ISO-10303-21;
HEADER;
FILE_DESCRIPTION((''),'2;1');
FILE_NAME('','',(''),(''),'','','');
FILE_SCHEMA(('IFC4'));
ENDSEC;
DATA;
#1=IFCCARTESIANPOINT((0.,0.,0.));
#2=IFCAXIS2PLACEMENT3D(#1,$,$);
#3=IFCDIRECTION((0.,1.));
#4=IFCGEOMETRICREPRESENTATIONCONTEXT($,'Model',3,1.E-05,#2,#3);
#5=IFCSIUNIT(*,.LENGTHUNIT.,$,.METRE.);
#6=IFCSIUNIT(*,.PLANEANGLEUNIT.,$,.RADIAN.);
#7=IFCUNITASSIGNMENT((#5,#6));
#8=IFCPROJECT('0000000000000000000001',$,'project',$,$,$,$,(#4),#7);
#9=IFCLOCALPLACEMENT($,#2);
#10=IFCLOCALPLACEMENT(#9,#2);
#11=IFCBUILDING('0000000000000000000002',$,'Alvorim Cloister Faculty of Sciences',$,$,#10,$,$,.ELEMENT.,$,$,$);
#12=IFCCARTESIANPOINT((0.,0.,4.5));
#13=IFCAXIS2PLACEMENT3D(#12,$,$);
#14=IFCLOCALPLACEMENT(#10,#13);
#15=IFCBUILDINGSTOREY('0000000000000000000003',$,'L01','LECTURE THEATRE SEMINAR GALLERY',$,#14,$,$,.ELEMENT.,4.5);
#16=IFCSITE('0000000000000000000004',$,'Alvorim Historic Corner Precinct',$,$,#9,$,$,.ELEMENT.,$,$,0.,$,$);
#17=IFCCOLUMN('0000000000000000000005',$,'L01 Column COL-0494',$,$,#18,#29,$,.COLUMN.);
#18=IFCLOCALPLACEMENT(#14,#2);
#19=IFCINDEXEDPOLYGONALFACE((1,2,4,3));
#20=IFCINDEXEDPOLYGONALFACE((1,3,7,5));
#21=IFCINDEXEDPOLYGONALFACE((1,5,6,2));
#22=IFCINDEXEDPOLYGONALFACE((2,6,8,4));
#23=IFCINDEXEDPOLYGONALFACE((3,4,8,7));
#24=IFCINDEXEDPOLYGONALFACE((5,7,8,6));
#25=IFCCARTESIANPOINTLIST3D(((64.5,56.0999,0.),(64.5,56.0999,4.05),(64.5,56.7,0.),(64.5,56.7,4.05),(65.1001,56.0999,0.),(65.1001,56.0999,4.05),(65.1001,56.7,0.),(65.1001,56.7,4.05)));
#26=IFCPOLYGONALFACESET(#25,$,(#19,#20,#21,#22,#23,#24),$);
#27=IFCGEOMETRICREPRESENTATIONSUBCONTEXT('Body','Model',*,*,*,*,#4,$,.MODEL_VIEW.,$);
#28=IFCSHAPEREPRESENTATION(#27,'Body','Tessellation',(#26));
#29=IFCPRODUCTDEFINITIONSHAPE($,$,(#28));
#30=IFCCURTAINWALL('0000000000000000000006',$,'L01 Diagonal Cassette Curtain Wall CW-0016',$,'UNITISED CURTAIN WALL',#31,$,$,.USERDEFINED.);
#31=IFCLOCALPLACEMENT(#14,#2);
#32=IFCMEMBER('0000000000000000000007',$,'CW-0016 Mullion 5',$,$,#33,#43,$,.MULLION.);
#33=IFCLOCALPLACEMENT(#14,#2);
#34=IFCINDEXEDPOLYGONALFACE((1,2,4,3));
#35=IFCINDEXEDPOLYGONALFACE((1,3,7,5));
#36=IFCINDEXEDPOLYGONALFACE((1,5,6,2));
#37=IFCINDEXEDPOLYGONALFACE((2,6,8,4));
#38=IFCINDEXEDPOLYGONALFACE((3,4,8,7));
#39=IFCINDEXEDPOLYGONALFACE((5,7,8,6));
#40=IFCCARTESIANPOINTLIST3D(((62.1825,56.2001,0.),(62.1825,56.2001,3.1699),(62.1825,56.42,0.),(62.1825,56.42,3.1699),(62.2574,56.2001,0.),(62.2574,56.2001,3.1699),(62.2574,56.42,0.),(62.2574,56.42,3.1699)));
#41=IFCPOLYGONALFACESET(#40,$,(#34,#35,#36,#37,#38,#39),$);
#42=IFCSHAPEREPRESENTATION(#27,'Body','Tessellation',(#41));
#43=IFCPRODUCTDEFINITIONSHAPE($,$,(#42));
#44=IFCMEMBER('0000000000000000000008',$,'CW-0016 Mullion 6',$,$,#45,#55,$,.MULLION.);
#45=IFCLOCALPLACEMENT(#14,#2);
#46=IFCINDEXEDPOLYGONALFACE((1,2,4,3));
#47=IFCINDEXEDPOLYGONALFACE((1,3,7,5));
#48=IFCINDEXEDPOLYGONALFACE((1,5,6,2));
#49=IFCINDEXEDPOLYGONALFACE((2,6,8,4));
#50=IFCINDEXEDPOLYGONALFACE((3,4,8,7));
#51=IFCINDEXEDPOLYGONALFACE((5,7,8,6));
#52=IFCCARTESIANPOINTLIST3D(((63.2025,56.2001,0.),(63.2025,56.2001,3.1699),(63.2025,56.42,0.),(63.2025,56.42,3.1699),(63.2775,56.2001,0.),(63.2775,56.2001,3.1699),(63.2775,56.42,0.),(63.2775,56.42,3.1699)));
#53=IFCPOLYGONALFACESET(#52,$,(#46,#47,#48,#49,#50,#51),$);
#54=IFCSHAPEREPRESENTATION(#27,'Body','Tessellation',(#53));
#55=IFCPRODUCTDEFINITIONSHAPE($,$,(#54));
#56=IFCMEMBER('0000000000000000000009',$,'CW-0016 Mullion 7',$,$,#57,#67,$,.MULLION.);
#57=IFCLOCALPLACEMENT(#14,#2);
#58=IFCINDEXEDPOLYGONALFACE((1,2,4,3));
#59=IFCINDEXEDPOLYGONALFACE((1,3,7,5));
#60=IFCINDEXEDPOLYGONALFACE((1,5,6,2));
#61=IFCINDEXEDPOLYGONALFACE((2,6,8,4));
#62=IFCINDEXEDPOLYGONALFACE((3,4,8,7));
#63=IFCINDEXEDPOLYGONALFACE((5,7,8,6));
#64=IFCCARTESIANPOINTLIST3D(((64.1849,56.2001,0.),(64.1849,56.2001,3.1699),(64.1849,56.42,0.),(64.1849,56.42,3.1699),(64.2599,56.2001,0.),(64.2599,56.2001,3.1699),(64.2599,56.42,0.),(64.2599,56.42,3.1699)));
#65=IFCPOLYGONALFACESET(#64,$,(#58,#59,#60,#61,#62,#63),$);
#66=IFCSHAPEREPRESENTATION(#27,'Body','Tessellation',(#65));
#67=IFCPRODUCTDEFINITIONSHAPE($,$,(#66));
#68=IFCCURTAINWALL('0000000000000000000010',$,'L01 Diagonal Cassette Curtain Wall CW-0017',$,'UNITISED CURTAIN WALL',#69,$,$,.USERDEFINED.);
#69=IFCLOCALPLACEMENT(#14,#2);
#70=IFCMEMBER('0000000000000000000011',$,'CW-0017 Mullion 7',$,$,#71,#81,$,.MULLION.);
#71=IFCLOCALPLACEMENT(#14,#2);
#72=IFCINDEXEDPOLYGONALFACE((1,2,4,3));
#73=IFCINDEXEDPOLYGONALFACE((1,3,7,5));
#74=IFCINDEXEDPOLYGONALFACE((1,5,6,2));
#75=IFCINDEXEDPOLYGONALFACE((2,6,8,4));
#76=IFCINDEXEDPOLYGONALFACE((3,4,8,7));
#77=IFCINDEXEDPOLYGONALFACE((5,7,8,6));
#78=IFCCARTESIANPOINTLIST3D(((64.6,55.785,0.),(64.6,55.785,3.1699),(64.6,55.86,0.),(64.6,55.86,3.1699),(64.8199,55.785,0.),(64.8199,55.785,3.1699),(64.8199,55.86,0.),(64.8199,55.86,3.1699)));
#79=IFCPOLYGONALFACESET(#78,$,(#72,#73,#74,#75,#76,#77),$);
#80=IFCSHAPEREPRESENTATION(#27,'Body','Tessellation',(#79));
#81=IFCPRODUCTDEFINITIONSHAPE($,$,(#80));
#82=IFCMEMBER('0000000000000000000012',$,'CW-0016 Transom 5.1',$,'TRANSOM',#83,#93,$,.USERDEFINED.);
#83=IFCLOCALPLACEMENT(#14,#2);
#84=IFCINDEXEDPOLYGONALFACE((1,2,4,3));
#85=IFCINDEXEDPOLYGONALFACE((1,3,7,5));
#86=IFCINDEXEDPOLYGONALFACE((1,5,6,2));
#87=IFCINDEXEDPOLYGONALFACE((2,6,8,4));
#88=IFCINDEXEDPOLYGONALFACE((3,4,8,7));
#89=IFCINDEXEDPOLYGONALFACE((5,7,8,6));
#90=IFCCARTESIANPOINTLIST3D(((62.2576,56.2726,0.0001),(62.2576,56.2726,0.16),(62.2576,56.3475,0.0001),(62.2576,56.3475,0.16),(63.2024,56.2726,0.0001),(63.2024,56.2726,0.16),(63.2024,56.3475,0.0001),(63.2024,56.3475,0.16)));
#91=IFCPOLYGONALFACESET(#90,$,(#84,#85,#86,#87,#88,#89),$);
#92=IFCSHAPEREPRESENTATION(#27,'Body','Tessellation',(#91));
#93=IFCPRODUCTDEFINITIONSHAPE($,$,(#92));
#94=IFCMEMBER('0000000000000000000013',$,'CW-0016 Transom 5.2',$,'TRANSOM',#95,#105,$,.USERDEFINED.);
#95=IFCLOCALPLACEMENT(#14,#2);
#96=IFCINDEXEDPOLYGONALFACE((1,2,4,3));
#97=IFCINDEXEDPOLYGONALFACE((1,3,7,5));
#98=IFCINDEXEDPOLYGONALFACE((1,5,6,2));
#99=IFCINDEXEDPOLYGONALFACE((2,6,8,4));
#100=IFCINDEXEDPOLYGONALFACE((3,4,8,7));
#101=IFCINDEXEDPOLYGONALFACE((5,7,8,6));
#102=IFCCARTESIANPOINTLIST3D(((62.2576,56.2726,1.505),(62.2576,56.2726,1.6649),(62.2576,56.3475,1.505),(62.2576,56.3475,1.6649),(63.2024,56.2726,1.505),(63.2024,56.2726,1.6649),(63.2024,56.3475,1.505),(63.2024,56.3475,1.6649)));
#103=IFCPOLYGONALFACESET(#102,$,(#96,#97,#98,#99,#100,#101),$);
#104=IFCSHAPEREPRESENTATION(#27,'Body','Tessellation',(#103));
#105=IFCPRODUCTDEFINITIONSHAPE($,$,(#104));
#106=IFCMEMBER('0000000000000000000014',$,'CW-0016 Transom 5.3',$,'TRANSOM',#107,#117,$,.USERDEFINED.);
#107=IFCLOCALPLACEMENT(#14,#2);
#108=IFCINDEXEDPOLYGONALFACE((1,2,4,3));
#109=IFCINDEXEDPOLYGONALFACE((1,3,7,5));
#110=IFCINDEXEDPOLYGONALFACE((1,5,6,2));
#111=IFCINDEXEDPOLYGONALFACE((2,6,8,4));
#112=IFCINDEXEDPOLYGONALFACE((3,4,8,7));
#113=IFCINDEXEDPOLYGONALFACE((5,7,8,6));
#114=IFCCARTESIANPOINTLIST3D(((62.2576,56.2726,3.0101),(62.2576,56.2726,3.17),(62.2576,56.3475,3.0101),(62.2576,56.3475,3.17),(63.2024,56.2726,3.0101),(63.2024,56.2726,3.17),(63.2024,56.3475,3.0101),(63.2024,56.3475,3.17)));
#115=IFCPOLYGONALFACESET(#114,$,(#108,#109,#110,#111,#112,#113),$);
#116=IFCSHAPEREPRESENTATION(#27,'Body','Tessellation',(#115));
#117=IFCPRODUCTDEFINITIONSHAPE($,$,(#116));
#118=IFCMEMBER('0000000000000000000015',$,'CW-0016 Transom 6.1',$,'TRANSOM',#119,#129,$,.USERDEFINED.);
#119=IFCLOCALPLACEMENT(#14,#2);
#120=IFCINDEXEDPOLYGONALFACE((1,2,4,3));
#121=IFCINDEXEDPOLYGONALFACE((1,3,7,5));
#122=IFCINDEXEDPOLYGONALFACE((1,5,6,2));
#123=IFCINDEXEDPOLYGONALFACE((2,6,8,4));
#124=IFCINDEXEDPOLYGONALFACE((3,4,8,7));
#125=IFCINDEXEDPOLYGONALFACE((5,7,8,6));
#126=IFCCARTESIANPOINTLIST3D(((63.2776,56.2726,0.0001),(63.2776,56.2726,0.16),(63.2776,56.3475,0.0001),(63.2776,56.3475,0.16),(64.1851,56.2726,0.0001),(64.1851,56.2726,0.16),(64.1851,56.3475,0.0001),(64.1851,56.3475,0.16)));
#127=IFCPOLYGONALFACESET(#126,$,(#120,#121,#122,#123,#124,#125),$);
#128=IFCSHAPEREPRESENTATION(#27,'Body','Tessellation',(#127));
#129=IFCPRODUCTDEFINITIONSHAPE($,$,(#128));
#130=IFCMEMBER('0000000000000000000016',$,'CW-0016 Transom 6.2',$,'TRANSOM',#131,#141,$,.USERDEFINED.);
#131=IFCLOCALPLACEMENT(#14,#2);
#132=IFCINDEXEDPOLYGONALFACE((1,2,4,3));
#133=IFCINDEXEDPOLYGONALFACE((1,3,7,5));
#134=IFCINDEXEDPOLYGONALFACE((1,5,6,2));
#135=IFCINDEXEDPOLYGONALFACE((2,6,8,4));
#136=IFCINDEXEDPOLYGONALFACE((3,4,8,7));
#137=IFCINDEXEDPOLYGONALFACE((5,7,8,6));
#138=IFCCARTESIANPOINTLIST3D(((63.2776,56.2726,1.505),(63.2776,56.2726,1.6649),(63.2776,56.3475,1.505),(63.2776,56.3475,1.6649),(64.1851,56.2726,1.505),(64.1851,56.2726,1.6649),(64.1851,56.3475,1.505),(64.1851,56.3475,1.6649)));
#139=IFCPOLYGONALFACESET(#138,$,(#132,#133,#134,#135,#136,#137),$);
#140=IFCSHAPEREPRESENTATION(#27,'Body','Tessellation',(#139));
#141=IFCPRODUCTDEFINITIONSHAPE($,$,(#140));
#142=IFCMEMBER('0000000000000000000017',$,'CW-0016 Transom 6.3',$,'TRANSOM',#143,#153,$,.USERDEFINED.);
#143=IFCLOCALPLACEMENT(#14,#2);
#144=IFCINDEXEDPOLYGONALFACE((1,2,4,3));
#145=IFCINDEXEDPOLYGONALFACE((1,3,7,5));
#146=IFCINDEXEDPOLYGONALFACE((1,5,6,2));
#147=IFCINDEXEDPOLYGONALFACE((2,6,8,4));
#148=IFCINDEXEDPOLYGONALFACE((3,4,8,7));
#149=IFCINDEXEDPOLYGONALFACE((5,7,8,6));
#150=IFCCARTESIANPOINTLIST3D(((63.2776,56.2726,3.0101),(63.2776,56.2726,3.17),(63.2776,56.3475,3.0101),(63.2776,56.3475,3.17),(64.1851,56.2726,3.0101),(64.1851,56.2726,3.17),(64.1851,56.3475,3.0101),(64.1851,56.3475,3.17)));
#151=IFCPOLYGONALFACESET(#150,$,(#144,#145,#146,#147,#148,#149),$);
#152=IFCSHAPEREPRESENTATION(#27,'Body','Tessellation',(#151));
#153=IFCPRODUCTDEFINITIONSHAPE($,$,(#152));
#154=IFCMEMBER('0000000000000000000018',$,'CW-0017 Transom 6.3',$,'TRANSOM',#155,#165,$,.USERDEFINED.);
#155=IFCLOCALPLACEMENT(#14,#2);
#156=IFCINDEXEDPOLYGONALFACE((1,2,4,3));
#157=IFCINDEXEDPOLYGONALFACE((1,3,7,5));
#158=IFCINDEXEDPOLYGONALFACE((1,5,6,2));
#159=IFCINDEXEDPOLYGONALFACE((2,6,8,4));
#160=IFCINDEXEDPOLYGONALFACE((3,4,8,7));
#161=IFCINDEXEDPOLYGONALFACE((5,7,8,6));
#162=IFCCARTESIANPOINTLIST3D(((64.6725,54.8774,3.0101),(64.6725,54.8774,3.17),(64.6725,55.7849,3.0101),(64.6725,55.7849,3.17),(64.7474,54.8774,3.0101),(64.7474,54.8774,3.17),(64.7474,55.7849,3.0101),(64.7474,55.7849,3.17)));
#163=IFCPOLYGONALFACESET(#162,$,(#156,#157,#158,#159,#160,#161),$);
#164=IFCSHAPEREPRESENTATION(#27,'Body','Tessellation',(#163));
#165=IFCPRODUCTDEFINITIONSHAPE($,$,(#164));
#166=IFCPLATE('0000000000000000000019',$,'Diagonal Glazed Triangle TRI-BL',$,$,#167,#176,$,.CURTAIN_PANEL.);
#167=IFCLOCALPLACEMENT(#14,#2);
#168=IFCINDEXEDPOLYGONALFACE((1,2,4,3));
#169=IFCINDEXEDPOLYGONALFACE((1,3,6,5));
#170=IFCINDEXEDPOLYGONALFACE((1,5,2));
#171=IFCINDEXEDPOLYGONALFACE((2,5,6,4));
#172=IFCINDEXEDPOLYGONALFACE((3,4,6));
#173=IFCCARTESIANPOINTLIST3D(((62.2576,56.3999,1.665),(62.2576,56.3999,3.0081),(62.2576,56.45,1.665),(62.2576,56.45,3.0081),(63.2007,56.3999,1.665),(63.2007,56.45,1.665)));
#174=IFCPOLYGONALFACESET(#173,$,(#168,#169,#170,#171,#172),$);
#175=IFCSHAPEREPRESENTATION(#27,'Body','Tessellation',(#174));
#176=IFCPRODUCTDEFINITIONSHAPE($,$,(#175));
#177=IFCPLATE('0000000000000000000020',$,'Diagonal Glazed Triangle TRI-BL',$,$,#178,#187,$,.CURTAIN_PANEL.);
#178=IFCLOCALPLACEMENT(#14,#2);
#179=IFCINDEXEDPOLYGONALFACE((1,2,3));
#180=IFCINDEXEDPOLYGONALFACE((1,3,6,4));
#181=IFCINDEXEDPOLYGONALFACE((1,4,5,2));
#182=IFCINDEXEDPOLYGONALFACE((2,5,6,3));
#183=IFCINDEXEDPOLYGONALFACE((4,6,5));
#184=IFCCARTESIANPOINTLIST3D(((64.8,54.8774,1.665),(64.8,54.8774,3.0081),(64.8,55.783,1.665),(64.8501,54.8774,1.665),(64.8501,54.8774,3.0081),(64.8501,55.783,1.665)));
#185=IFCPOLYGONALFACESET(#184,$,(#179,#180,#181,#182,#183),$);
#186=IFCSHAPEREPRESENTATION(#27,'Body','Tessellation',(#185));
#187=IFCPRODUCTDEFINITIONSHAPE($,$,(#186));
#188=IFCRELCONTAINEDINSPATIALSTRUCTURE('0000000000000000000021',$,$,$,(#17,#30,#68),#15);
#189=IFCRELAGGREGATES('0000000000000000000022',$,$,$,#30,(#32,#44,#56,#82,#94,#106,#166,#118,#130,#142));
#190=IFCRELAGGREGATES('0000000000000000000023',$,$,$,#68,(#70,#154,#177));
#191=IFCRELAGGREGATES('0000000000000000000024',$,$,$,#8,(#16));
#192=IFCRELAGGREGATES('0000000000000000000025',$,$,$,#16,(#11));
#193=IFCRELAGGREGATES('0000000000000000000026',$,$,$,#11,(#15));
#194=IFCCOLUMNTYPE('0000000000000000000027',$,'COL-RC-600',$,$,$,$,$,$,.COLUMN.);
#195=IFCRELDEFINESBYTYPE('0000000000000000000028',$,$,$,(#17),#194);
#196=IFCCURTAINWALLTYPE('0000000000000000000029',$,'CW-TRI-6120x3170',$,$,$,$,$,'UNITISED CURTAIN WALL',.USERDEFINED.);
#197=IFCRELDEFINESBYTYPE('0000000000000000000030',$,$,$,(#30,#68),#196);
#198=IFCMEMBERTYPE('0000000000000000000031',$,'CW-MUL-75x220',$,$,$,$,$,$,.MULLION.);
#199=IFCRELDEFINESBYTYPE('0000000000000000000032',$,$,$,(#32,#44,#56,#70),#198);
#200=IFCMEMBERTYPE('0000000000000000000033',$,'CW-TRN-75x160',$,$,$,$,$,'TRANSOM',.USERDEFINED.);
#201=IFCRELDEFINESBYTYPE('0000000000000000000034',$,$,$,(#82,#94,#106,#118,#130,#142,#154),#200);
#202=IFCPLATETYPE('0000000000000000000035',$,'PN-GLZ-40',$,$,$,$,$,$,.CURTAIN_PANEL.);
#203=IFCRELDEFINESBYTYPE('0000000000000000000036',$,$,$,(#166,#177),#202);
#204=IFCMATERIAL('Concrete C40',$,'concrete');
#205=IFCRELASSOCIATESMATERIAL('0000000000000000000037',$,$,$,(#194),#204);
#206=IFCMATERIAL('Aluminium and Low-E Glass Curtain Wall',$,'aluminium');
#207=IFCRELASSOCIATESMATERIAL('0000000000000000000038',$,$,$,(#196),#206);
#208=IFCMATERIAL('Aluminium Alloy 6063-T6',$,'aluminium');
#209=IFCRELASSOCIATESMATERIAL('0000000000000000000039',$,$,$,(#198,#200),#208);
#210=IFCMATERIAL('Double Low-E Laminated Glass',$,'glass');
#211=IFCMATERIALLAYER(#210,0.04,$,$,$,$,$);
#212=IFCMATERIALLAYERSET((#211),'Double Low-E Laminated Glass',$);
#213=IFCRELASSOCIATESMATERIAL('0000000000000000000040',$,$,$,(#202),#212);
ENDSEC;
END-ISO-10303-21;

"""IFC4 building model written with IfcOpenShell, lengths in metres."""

from ifc_helpers import new_model, si_unit, direction, frame, origin, origin_2d, place, context, subcontext, project, spatial, polyline, rectangle, outline, extrude, material, layer, layer_set, material_profile, profile_set, type_object, element, aggregate, save


model = new_model("IFC4")

# Units and contexts
model_context = context("Model", 3, precision=1e-05, world=origin(), true_north=direction((0.0, 1.0)))
body_context = subcontext(model_context, "Body", "Model", "MODEL_VIEW")
ifc_project = project(units=[si_unit("LENGTHUNIT", "METRE"), si_unit("PLANEANGLEUNIT", "RADIAN")], contexts=[model_context])

# Site, building, storey
site_placement = place(None, origin())
site = spatial("IfcSite", under=ifc_project, at=site_placement, Name="Alvorim Historic Corner Precinct", CompositionType="ELEMENT", RefElevation=0.0)
building_placement = place(site_placement, origin())
building = spatial("IfcBuilding", under=site, at=building_placement, Name="Alvorim Cloister Faculty of Sciences", CompositionType="ELEMENT")
storey_placement = place(building_placement, frame((0.0, 0.0, 4.5)))
storey = spatial("IfcBuildingStorey", under=building, at=storey_placement, Name="L01", Description="LECTURE THEATRE SEMINAR GALLERY", CompositionType="ELEMENT", Elevation=4.5)

# Column
ifc_material_1 = material(Name="Concrete C40", Category="concrete")
ifc_material_profile_1 = material_profile(ifc_material_1, rectangle(XDim=0.6001, YDim=0.6001, at=origin_2d()), Name="RC40-COL-600x600")
ifc_profile_set_1 = profile_set([ifc_material_profile_1], Name="Concrete C40")
column_type = type_object("IfcColumnType", Name="COL-RC-600", PredefinedType="COLUMN", material=ifc_profile_set_1)
column_placement = place(storey_placement, frame((64.8, 56.3999, 0.0), z_axis=(0.0, 0.0, 1.0), x_axis=(1.0, 0.0, 0.0)))
element("IfcColumn", 1, at=column_placement, inside=storey, type_object=column_type, Name="L01 Column COL-0494", PredefinedType="COLUMN", context=body_context, shape_type="SweptSolid", body=[
    extrude(rectangle(XDim=0.6001, YDim=0.6001, at=origin_2d()), origin(), (0.0, 0.0, 1.0), 4.05),
])

# Curtain wall, members
ifc_material_2 = material(Name="Aluminium and Low-E Glass Curtain Wall", Category="aluminium")
curtain_wall_type = type_object("IfcCurtainWallType", Name="CW-TRI-6120x3170", ElementType="UNITISED CURTAIN WALL", PredefinedType="USERDEFINED", material=ifc_material_2)
curtain_wall_1_placement = place(storey_placement, origin())
curtain_wall_1 = element("IfcCurtainWall", 2, at=curtain_wall_1_placement, inside=storey, type_object=curtain_wall_type, Name="L01 Diagonal Cassette Curtain Wall CW-0016", ObjectType="UNITISED CURTAIN WALL", PredefinedType="USERDEFINED")
ifc_material_3 = material(Name="Aluminium Alloy 6063-T6", Category="aluminium")
ifc_material_profile_2 = material_profile(ifc_material_3, rectangle(XDim=0.075, YDim=0.22, at=origin_2d()), Name="ALU-MUL-75x220")
ifc_profile_set_2 = profile_set([ifc_material_profile_2], Name="Aluminium Alloy 6063-T6")
member_type_1 = type_object("IfcMemberType", Name="CW-MUL-75x220", PredefinedType="MULLION", material=ifc_profile_set_2)
member_1_placement = place(storey_placement, frame((62.22, 56.3101, 0.0), z_axis=(0.0, 0.0, 1.0), x_axis=(1.0, 0.0, 0.0)))
member_1 = element("IfcMember", 3, at=member_1_placement, type_object=member_type_1, Name="CW-0016 Mullion 5", PredefinedType="MULLION", context=body_context, shape_type="SweptSolid", body=[
    extrude(rectangle(XDim=0.075, YDim=0.22, at=origin_2d()), origin(), (0.0, 0.0, 1.0), 3.1699),
])
member_2_placement = place(storey_placement, frame((63.24, 56.3101, 0.0), z_axis=(0.0, 0.0, 1.0), x_axis=(1.0, 0.0, 0.0)))
member_2 = element("IfcMember", 4, at=member_2_placement, type_object=member_type_1, Name="CW-0016 Mullion 6", PredefinedType="MULLION", context=body_context, shape_type="SweptSolid", body=[
    extrude(rectangle(XDim=0.075, YDim=0.22, at=origin_2d()), origin(), (0.0, 0.0, 1.0), 3.1699),
])
member_3_placement = place(storey_placement, frame((64.2224, 56.3101, 0.0), z_axis=(0.0, 0.0, 1.0), x_axis=(1.0, 0.0, 0.0)))
member_3 = element("IfcMember", 5, at=member_3_placement, type_object=member_type_1, Name="CW-0016 Mullion 7", PredefinedType="MULLION", context=body_context, shape_type="SweptSolid", body=[
    extrude(rectangle(XDim=0.075, YDim=0.22, at=origin_2d()), origin(), (0.0, 0.0, 1.0), 3.1699),
])

# Curtain wall, member
curtain_wall_2_placement = place(storey_placement, origin())
curtain_wall_2 = element("IfcCurtainWall", 6, at=curtain_wall_2_placement, inside=storey, type_object=curtain_wall_type, Name="L01 Diagonal Cassette Curtain Wall CW-0017", ObjectType="UNITISED CURTAIN WALL", PredefinedType="USERDEFINED")
member_4_placement = place(storey_placement, frame((64.71, 55.8225, 0.0), z_axis=(0.0, 0.0, 1.0), x_axis=(0.0, 1.0, 0.0)))
member_4 = element("IfcMember", 7, at=member_4_placement, type_object=member_type_1, Name="CW-0017 Mullion 7", PredefinedType="MULLION", context=body_context, shape_type="SweptSolid", body=[
    extrude(rectangle(XDim=0.075, YDim=0.22, at=origin_2d()), origin(), (0.0, 0.0, 1.0), 3.1699),
])

# Members
ifc_material_profile_3 = material_profile(ifc_material_3, rectangle(XDim=0.075, YDim=0.1599, at=origin_2d()), Name="ALU-TRN-75x160")
ifc_profile_set_3 = profile_set([ifc_material_profile_3], Name="Aluminium Alloy 6063-T6")
member_type_2 = type_object("IfcMemberType", Name="CW-TRN-75x160", ElementType="TRANSOM", PredefinedType="USERDEFINED", material=ifc_profile_set_3)
member_5_placement = place(storey_placement, frame((62.2576, 56.3101, 0.0801), z_axis=(1.0, 0.0, 0.0), x_axis=(0.0, 1.0, 0.0)))
member_5 = element("IfcMember", 8, at=member_5_placement, type_object=member_type_2, Name="CW-0016 Transom 5.1", ObjectType="TRANSOM", PredefinedType="USERDEFINED", context=body_context, shape_type="SweptSolid", body=[
    extrude(rectangle(XDim=0.075, YDim=0.1599, at=origin_2d()), origin(), (0.0, 0.0, 1.0), 0.9448),
])
member_6_placement = place(storey_placement, frame((62.2576, 56.3101, 1.585), z_axis=(1.0, 0.0, 0.0), x_axis=(0.0, 1.0, 0.0)))
member_6 = element("IfcMember", 9, at=member_6_placement, type_object=member_type_2, Name="CW-0016 Transom 5.2", ObjectType="TRANSOM", PredefinedType="USERDEFINED", context=body_context, shape_type="SweptSolid", body=[
    extrude(rectangle(XDim=0.075, YDim=0.1599, at=origin_2d()), origin(), (0.0, 0.0, 1.0), 0.9448),
])
member_7_placement = place(storey_placement, frame((62.2576, 56.3101, 3.0901), z_axis=(1.0, 0.0, 0.0), x_axis=(0.0, 1.0, 0.0)))
member_7 = element("IfcMember", 10, at=member_7_placement, type_object=member_type_2, Name="CW-0016 Transom 5.3", ObjectType="TRANSOM", PredefinedType="USERDEFINED", context=body_context, shape_type="SweptSolid", body=[
    extrude(rectangle(XDim=0.075, YDim=0.1599, at=origin_2d()), origin(), (0.0, 0.0, 1.0), 0.9448),
])
member_8_placement = place(storey_placement, frame((63.2776, 56.3101, 0.0801), z_axis=(1.0, 0.0, 0.0), x_axis=(0.0, 1.0, 0.0)))
member_8 = element("IfcMember", 11, at=member_8_placement, type_object=member_type_2, Name="CW-0016 Transom 6.1", ObjectType="TRANSOM", PredefinedType="USERDEFINED", context=body_context, shape_type="SweptSolid", body=[
    extrude(rectangle(XDim=0.075, YDim=0.1599, at=origin_2d()), origin(), (0.0, 0.0, 1.0), 0.9075),
])
member_9_placement = place(storey_placement, frame((63.2776, 56.3101, 1.585), z_axis=(1.0, 0.0, 0.0), x_axis=(0.0, 1.0, 0.0)))
member_9 = element("IfcMember", 12, at=member_9_placement, type_object=member_type_2, Name="CW-0016 Transom 6.2", ObjectType="TRANSOM", PredefinedType="USERDEFINED", context=body_context, shape_type="SweptSolid", body=[
    extrude(rectangle(XDim=0.075, YDim=0.1599, at=origin_2d()), origin(), (0.0, 0.0, 1.0), 0.9075),
])
member_10_placement = place(storey_placement, frame((63.2776, 56.3101, 3.0901), z_axis=(1.0, 0.0, 0.0), x_axis=(0.0, 1.0, 0.0)))
member_10 = element("IfcMember", 13, at=member_10_placement, type_object=member_type_2, Name="CW-0016 Transom 6.3", ObjectType="TRANSOM", PredefinedType="USERDEFINED", context=body_context, shape_type="SweptSolid", body=[
    extrude(rectangle(XDim=0.075, YDim=0.1599, at=origin_2d()), origin(), (0.0, 0.0, 1.0), 0.9075),
])
member_11_placement = place(storey_placement, frame((64.71, 54.8774, 3.0901), z_axis=(0.0, 1.0, 0.0), x_axis=(-1.0, 0.0, 0.0)))
member_11 = element("IfcMember", 14, at=member_11_placement, type_object=member_type_2, Name="CW-0017 Transom 6.3", ObjectType="TRANSOM", PredefinedType="USERDEFINED", context=body_context, shape_type="SweptSolid", body=[
    extrude(rectangle(XDim=0.075, YDim=0.1599, at=origin_2d()), origin(), (0.0, 0.0, 1.0), 0.9075),
])

# Plates
ifc_material_4 = material(Name="Double Low-E Laminated Glass", Category="glass")
ifc_layer = layer(ifc_material_4, 0.04)
ifc_layer_set = layer_set([ifc_layer], Name="Double Low-E Laminated Glass")
plate_type = type_object("IfcPlateType", Name="PN-GLZ-40", PredefinedType="CURTAIN_PANEL", material=ifc_layer_set)
plate_1_placement = place(storey_placement, frame((62.2576, 56.425, 1.665), z_axis=(0.0, 0.0, 1.0), x_axis=(1.0, 0.0, 0.0)))
plate_1 = element("IfcPlate", 15, at=plate_1_placement, type_object=plate_type, Name="Diagonal Glazed Triangle TRI-BL", PredefinedType="CURTAIN_PANEL", context=body_context, shape_type="SweptSolid", body=[
    extrude(outline(polyline([(0.0, 0.0), (0.9431, 0.0), (0.0, 1.343), (0.0, 0.0)])), frame((0.0, 0.0249, 0.0), z_axis=(0.0, -1.0, 0.0), x_axis=(1.0, 0.0, 0.0)), (0.0, 0.0, 1.0), 0.05),
])
aggregate(curtain_wall_1, [member_1, member_2, member_3, member_5, member_6, member_7, plate_1, member_8, member_9, member_10])
plate_2_placement = place(storey_placement, frame((64.825, 54.8774, 1.665), z_axis=(0.0, 0.0, 1.0), x_axis=(0.0, 1.0, 0.0)))
plate_2 = element("IfcPlate", 16, at=plate_2_placement, type_object=plate_type, Name="Diagonal Glazed Triangle TRI-BL", PredefinedType="CURTAIN_PANEL", context=body_context, shape_type="SweptSolid", body=[
    extrude(outline(polyline([(0.0, 0.0), (0.9055, 0.0), (0.0, 1.343), (0.0, 0.0)])), frame((0.0, 0.0249, 0.0), z_axis=(0.0, -1.0, 0.0), x_axis=(1.0, 0.0, 0.0)), (0.0, 0.0, 1.0), 0.05),
])
aggregate(curtain_wall_2, [member_4, member_11, plate_2])

save(model, "model.ifc")
